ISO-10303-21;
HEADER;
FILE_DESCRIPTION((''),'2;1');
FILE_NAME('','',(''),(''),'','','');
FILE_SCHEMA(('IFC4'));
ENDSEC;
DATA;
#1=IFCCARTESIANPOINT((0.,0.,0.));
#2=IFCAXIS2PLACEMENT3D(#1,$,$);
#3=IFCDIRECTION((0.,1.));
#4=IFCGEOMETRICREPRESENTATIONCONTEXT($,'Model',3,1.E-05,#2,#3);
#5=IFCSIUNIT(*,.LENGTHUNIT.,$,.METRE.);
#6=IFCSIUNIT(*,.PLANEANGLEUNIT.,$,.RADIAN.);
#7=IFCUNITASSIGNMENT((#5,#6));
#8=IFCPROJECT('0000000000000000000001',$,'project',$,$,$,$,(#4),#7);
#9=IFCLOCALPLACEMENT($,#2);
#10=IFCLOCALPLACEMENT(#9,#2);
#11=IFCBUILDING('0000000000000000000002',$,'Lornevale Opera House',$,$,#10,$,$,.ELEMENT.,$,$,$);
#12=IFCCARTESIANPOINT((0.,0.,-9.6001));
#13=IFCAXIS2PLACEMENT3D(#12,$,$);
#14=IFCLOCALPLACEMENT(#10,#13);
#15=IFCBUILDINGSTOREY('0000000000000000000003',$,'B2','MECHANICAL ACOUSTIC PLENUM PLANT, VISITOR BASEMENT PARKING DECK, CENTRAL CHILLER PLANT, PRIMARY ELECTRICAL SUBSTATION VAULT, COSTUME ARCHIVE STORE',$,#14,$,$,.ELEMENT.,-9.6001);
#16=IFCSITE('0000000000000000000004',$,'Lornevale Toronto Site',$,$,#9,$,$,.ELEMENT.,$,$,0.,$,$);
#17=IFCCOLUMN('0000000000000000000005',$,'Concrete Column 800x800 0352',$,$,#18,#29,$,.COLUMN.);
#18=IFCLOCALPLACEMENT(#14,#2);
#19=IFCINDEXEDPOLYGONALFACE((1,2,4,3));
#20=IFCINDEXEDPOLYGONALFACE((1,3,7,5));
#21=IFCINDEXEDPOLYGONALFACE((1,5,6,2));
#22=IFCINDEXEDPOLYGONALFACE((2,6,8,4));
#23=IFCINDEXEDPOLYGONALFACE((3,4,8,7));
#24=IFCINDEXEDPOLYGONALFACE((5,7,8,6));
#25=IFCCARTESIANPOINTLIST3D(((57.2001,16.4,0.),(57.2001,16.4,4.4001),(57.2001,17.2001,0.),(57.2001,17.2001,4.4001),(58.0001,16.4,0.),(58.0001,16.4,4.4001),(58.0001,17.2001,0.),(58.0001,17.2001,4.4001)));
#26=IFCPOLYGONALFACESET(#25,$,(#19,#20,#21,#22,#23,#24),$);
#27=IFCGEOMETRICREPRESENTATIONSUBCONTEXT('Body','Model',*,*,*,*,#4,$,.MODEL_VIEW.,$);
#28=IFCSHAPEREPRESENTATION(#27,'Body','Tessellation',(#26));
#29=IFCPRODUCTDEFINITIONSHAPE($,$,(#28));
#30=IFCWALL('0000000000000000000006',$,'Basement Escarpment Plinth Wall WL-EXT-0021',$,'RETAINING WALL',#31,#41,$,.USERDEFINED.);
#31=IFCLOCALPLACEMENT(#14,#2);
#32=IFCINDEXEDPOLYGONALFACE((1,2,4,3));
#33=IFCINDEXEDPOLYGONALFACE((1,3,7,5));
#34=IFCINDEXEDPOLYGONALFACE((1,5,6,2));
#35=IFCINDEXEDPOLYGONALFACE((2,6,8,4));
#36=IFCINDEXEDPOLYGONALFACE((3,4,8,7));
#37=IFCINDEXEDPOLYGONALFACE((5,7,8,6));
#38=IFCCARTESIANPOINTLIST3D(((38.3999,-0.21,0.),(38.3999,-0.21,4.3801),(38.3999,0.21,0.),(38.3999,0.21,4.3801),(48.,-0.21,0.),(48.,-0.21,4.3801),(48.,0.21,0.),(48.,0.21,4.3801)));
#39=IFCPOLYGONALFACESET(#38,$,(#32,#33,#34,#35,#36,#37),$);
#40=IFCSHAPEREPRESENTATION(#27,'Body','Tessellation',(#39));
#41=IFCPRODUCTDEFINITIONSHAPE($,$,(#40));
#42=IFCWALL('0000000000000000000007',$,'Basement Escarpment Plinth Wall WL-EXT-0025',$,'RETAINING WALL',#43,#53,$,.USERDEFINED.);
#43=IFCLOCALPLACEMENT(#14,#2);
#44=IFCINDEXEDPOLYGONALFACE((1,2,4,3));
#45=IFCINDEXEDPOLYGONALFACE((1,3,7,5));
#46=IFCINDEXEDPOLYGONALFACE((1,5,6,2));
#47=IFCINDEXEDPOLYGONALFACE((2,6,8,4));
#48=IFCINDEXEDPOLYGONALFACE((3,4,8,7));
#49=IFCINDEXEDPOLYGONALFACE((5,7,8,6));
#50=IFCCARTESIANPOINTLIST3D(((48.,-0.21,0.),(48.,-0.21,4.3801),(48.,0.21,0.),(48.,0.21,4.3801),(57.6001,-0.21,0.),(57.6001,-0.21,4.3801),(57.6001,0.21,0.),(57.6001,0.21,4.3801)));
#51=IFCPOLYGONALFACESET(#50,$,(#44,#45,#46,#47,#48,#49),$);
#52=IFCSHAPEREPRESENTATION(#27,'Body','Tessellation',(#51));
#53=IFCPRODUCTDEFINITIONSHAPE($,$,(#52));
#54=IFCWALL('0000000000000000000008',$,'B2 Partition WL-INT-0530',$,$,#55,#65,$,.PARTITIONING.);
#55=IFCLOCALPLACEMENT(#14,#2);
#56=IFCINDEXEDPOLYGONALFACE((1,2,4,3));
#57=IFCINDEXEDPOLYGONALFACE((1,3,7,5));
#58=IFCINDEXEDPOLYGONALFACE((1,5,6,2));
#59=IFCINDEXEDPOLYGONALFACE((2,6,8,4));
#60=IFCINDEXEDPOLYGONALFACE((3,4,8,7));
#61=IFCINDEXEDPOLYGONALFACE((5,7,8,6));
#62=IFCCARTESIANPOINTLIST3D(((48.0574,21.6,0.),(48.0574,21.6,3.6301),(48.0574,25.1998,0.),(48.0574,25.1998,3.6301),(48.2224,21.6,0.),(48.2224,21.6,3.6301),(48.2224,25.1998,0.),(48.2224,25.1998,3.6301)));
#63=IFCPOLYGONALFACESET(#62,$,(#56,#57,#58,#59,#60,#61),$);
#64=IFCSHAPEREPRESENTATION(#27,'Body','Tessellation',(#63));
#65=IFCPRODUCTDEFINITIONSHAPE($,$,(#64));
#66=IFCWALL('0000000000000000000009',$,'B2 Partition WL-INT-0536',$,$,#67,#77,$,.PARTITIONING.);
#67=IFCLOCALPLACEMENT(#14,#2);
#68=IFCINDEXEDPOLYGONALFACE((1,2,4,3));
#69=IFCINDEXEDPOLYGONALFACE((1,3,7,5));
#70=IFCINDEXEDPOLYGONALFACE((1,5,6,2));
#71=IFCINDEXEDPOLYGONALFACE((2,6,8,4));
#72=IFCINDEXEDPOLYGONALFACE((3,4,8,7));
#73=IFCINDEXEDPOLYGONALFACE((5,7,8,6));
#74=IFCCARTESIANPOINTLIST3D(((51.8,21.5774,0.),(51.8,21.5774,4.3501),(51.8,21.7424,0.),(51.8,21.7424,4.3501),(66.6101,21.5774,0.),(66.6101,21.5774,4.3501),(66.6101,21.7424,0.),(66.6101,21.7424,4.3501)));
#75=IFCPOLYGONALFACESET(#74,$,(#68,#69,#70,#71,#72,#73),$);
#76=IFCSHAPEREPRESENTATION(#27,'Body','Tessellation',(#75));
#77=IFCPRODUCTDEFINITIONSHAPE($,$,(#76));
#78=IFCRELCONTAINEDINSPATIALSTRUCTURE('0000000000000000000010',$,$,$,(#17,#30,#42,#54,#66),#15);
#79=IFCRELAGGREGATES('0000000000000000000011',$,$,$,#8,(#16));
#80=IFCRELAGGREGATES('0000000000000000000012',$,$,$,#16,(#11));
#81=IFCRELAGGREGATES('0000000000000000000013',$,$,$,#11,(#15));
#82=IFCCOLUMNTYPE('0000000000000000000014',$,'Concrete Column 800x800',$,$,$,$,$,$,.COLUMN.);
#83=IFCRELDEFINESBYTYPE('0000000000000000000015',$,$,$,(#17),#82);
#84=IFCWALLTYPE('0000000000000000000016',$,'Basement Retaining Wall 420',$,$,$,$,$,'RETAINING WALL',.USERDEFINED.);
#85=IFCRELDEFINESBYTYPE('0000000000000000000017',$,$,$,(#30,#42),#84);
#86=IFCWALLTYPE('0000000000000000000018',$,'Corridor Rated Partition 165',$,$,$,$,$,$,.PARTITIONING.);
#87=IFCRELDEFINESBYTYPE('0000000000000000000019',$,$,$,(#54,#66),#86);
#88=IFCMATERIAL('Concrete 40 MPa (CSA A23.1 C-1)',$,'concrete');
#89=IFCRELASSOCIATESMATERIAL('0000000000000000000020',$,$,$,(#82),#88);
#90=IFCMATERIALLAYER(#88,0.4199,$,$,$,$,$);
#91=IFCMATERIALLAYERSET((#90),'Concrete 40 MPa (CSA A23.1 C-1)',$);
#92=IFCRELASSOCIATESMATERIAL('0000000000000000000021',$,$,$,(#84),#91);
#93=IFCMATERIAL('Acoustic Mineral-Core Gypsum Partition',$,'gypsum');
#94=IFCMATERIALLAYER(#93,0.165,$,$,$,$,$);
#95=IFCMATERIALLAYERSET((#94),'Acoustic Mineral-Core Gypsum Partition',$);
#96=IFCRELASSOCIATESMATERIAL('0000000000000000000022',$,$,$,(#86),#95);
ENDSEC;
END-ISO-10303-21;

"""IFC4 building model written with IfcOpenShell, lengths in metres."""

from ifc_helpers import new_model, si_unit, direction, frame, frame_2d, origin, origin_2d, place, context, subcontext, project, spatial, rectangle, extrude, material, layer, layer_set, material_profile, profile_set, type_object, element, save


model = new_model("IFC4")

# Units and contexts
model_context = context("Model", 3, precision=1e-05, world=origin(), true_north=direction((0.0, 1.0)))
body_context = subcontext(model_context, "Body", "Model", "MODEL_VIEW")
ifc_project = project(units=[si_unit("LENGTHUNIT", "METRE"), si_unit("PLANEANGLEUNIT", "RADIAN")], contexts=[model_context])

# Site, building, storey
site_placement = place(None, origin())
site = spatial("IfcSite", under=ifc_project, at=site_placement, Name="Lornevale Toronto Site", CompositionType="ELEMENT", RefElevation=0.0)
building_placement = place(site_placement, origin())
building = spatial("IfcBuilding", under=site, at=building_placement, Name="Lornevale Opera House", CompositionType="ELEMENT")
storey_placement = place(building_placement, frame((0.0, 0.0, -9.6001)))
storey = spatial("IfcBuildingStorey", under=building, at=storey_placement, Name="B2", Description="MECHANICAL ACOUSTIC PLENUM PLANT, VISITOR BASEMENT PARKING DECK, CENTRAL CHILLER PLANT, PRIMARY ELECTRICAL SUBSTATION VAULT, COSTUME ARCHIVE STORE", CompositionType="ELEMENT", Elevation=-9.6001)

# Shared definitions
ifc_material_1 = material(Name="Concrete 40 MPa (CSA A23.1 C-1)", Category="concrete")

# Column
ifc_material_profile_1 = material_profile(ifc_material_1, rectangle(XDim=0.8, YDim=0.8, at=origin_2d()), Name="RC800x800")
ifc_profile_set_1 = profile_set([ifc_material_profile_1], Name="Concrete 40 MPa (CSA A23.1 C-1)")
column_type_1 = type_object("IfcColumnType", Name="Concrete Column 800x800", PredefinedType="COLUMN", material=ifc_profile_set_1)
for number, where, z_axis, x_axis, name in (
    (1, (57.6001, 16.8, 0.0), (0.0, 0.0, 1.0), (1.0, 0.0, 0.0), "Concrete Column 800x800 0352"),
):
    element("IfcColumn", number, at=place(storey_placement, frame(where, z_axis=z_axis, x_axis=x_axis)), inside=storey, type_object=column_type_1, Name=name, PredefinedType="COLUMN", context=body_context, shape_type="SweptSolid", body=[
        extrude(rectangle(XDim=0.8, YDim=0.8, at=origin_2d()), origin(), (0.0, 0.0, 1.0), 4.4001),
    ])

# Walls
ifc_layer_1 = layer(ifc_material_1, 0.4199)
ifc_layer_set_1 = layer_set([ifc_layer_1], Name="Concrete 40 MPa (CSA A23.1 C-1)")
wall_type_1 = type_object("IfcWallType", Name="Basement Retaining Wall 420", ElementType="RETAINING WALL", PredefinedType="USERDEFINED", material=ifc_layer_set_1)
for number, where, z_axis, x_axis, name in (
    (2, (48.0, 0.0, 0.0), (0.0, 0.0, 1.0), (-1.0, 0.0, 0.0), "Basement Escarpment Plinth Wall WL-EXT-0021"),
    (3, (57.6001, 0.0, 0.0), (0.0, 0.0, 1.0), (-1.0, 0.0, 0.0), "Basement Escarpment Plinth Wall WL-EXT-0025"),
):
    element("IfcWall", number, at=place(storey_placement, frame(where, z_axis=z_axis, x_axis=x_axis)), inside=storey, type_object=wall_type_1, Name=name, ObjectType="RETAINING WALL", PredefinedType="USERDEFINED", context=body_context, shape_type="SweptSolid", body=[
        extrude(rectangle(XDim=9.6001, YDim=0.4199, at=frame_2d((4.8, 0.0))), origin(), (0.0, 0.0, 1.0), 4.3801),
    ])
ifc_material_2 = material(Name="Acoustic Mineral-Core Gypsum Partition", Category="gypsum")
ifc_layer_2 = layer(ifc_material_2, 0.165)
ifc_layer_set_2 = layer_set([ifc_layer_2], Name="Acoustic Mineral-Core Gypsum Partition")
wall_type_2 = type_object("IfcWallType", Name="Corridor Rated Partition 165", PredefinedType="PARTITIONING", material=ifc_layer_set_2)
wall_1_placement = place(storey_placement, frame((48.1399, 21.6001, 0.0), z_axis=(0.0, 0.0, 1.0), x_axis=(0.0, 1.0, 0.0)))
element("IfcWall", 4, at=wall_1_placement, inside=storey, type_object=wall_type_2, Name="B2 Partition WL-INT-0530", PredefinedType="PARTITIONING", context=body_context, shape_type="SweptSolid", body=[
    extrude(rectangle(XDim=3.5999, YDim=0.165, at=frame_2d((1.7998, 0.0))), origin(), (0.0, 0.0, 1.0), 3.6301),
])
wall_2_placement = place(storey_placement, frame((51.8, 21.6599, 0.0), z_axis=(0.0, 0.0, 1.0), x_axis=(1.0, 0.0, 0.0)))
element("IfcWall", 5, at=wall_2_placement, inside=storey, type_object=wall_type_2, Name="B2 Partition WL-INT-0536", PredefinedType="PARTITIONING", context=body_context, shape_type="SweptSolid", body=[
    extrude(rectangle(XDim=14.8101, YDim=0.165, at=frame_2d((7.405, 0.0))), origin(), (0.0, 0.0, 1.0), 4.3501),
])

save(model, "model.ifc")
